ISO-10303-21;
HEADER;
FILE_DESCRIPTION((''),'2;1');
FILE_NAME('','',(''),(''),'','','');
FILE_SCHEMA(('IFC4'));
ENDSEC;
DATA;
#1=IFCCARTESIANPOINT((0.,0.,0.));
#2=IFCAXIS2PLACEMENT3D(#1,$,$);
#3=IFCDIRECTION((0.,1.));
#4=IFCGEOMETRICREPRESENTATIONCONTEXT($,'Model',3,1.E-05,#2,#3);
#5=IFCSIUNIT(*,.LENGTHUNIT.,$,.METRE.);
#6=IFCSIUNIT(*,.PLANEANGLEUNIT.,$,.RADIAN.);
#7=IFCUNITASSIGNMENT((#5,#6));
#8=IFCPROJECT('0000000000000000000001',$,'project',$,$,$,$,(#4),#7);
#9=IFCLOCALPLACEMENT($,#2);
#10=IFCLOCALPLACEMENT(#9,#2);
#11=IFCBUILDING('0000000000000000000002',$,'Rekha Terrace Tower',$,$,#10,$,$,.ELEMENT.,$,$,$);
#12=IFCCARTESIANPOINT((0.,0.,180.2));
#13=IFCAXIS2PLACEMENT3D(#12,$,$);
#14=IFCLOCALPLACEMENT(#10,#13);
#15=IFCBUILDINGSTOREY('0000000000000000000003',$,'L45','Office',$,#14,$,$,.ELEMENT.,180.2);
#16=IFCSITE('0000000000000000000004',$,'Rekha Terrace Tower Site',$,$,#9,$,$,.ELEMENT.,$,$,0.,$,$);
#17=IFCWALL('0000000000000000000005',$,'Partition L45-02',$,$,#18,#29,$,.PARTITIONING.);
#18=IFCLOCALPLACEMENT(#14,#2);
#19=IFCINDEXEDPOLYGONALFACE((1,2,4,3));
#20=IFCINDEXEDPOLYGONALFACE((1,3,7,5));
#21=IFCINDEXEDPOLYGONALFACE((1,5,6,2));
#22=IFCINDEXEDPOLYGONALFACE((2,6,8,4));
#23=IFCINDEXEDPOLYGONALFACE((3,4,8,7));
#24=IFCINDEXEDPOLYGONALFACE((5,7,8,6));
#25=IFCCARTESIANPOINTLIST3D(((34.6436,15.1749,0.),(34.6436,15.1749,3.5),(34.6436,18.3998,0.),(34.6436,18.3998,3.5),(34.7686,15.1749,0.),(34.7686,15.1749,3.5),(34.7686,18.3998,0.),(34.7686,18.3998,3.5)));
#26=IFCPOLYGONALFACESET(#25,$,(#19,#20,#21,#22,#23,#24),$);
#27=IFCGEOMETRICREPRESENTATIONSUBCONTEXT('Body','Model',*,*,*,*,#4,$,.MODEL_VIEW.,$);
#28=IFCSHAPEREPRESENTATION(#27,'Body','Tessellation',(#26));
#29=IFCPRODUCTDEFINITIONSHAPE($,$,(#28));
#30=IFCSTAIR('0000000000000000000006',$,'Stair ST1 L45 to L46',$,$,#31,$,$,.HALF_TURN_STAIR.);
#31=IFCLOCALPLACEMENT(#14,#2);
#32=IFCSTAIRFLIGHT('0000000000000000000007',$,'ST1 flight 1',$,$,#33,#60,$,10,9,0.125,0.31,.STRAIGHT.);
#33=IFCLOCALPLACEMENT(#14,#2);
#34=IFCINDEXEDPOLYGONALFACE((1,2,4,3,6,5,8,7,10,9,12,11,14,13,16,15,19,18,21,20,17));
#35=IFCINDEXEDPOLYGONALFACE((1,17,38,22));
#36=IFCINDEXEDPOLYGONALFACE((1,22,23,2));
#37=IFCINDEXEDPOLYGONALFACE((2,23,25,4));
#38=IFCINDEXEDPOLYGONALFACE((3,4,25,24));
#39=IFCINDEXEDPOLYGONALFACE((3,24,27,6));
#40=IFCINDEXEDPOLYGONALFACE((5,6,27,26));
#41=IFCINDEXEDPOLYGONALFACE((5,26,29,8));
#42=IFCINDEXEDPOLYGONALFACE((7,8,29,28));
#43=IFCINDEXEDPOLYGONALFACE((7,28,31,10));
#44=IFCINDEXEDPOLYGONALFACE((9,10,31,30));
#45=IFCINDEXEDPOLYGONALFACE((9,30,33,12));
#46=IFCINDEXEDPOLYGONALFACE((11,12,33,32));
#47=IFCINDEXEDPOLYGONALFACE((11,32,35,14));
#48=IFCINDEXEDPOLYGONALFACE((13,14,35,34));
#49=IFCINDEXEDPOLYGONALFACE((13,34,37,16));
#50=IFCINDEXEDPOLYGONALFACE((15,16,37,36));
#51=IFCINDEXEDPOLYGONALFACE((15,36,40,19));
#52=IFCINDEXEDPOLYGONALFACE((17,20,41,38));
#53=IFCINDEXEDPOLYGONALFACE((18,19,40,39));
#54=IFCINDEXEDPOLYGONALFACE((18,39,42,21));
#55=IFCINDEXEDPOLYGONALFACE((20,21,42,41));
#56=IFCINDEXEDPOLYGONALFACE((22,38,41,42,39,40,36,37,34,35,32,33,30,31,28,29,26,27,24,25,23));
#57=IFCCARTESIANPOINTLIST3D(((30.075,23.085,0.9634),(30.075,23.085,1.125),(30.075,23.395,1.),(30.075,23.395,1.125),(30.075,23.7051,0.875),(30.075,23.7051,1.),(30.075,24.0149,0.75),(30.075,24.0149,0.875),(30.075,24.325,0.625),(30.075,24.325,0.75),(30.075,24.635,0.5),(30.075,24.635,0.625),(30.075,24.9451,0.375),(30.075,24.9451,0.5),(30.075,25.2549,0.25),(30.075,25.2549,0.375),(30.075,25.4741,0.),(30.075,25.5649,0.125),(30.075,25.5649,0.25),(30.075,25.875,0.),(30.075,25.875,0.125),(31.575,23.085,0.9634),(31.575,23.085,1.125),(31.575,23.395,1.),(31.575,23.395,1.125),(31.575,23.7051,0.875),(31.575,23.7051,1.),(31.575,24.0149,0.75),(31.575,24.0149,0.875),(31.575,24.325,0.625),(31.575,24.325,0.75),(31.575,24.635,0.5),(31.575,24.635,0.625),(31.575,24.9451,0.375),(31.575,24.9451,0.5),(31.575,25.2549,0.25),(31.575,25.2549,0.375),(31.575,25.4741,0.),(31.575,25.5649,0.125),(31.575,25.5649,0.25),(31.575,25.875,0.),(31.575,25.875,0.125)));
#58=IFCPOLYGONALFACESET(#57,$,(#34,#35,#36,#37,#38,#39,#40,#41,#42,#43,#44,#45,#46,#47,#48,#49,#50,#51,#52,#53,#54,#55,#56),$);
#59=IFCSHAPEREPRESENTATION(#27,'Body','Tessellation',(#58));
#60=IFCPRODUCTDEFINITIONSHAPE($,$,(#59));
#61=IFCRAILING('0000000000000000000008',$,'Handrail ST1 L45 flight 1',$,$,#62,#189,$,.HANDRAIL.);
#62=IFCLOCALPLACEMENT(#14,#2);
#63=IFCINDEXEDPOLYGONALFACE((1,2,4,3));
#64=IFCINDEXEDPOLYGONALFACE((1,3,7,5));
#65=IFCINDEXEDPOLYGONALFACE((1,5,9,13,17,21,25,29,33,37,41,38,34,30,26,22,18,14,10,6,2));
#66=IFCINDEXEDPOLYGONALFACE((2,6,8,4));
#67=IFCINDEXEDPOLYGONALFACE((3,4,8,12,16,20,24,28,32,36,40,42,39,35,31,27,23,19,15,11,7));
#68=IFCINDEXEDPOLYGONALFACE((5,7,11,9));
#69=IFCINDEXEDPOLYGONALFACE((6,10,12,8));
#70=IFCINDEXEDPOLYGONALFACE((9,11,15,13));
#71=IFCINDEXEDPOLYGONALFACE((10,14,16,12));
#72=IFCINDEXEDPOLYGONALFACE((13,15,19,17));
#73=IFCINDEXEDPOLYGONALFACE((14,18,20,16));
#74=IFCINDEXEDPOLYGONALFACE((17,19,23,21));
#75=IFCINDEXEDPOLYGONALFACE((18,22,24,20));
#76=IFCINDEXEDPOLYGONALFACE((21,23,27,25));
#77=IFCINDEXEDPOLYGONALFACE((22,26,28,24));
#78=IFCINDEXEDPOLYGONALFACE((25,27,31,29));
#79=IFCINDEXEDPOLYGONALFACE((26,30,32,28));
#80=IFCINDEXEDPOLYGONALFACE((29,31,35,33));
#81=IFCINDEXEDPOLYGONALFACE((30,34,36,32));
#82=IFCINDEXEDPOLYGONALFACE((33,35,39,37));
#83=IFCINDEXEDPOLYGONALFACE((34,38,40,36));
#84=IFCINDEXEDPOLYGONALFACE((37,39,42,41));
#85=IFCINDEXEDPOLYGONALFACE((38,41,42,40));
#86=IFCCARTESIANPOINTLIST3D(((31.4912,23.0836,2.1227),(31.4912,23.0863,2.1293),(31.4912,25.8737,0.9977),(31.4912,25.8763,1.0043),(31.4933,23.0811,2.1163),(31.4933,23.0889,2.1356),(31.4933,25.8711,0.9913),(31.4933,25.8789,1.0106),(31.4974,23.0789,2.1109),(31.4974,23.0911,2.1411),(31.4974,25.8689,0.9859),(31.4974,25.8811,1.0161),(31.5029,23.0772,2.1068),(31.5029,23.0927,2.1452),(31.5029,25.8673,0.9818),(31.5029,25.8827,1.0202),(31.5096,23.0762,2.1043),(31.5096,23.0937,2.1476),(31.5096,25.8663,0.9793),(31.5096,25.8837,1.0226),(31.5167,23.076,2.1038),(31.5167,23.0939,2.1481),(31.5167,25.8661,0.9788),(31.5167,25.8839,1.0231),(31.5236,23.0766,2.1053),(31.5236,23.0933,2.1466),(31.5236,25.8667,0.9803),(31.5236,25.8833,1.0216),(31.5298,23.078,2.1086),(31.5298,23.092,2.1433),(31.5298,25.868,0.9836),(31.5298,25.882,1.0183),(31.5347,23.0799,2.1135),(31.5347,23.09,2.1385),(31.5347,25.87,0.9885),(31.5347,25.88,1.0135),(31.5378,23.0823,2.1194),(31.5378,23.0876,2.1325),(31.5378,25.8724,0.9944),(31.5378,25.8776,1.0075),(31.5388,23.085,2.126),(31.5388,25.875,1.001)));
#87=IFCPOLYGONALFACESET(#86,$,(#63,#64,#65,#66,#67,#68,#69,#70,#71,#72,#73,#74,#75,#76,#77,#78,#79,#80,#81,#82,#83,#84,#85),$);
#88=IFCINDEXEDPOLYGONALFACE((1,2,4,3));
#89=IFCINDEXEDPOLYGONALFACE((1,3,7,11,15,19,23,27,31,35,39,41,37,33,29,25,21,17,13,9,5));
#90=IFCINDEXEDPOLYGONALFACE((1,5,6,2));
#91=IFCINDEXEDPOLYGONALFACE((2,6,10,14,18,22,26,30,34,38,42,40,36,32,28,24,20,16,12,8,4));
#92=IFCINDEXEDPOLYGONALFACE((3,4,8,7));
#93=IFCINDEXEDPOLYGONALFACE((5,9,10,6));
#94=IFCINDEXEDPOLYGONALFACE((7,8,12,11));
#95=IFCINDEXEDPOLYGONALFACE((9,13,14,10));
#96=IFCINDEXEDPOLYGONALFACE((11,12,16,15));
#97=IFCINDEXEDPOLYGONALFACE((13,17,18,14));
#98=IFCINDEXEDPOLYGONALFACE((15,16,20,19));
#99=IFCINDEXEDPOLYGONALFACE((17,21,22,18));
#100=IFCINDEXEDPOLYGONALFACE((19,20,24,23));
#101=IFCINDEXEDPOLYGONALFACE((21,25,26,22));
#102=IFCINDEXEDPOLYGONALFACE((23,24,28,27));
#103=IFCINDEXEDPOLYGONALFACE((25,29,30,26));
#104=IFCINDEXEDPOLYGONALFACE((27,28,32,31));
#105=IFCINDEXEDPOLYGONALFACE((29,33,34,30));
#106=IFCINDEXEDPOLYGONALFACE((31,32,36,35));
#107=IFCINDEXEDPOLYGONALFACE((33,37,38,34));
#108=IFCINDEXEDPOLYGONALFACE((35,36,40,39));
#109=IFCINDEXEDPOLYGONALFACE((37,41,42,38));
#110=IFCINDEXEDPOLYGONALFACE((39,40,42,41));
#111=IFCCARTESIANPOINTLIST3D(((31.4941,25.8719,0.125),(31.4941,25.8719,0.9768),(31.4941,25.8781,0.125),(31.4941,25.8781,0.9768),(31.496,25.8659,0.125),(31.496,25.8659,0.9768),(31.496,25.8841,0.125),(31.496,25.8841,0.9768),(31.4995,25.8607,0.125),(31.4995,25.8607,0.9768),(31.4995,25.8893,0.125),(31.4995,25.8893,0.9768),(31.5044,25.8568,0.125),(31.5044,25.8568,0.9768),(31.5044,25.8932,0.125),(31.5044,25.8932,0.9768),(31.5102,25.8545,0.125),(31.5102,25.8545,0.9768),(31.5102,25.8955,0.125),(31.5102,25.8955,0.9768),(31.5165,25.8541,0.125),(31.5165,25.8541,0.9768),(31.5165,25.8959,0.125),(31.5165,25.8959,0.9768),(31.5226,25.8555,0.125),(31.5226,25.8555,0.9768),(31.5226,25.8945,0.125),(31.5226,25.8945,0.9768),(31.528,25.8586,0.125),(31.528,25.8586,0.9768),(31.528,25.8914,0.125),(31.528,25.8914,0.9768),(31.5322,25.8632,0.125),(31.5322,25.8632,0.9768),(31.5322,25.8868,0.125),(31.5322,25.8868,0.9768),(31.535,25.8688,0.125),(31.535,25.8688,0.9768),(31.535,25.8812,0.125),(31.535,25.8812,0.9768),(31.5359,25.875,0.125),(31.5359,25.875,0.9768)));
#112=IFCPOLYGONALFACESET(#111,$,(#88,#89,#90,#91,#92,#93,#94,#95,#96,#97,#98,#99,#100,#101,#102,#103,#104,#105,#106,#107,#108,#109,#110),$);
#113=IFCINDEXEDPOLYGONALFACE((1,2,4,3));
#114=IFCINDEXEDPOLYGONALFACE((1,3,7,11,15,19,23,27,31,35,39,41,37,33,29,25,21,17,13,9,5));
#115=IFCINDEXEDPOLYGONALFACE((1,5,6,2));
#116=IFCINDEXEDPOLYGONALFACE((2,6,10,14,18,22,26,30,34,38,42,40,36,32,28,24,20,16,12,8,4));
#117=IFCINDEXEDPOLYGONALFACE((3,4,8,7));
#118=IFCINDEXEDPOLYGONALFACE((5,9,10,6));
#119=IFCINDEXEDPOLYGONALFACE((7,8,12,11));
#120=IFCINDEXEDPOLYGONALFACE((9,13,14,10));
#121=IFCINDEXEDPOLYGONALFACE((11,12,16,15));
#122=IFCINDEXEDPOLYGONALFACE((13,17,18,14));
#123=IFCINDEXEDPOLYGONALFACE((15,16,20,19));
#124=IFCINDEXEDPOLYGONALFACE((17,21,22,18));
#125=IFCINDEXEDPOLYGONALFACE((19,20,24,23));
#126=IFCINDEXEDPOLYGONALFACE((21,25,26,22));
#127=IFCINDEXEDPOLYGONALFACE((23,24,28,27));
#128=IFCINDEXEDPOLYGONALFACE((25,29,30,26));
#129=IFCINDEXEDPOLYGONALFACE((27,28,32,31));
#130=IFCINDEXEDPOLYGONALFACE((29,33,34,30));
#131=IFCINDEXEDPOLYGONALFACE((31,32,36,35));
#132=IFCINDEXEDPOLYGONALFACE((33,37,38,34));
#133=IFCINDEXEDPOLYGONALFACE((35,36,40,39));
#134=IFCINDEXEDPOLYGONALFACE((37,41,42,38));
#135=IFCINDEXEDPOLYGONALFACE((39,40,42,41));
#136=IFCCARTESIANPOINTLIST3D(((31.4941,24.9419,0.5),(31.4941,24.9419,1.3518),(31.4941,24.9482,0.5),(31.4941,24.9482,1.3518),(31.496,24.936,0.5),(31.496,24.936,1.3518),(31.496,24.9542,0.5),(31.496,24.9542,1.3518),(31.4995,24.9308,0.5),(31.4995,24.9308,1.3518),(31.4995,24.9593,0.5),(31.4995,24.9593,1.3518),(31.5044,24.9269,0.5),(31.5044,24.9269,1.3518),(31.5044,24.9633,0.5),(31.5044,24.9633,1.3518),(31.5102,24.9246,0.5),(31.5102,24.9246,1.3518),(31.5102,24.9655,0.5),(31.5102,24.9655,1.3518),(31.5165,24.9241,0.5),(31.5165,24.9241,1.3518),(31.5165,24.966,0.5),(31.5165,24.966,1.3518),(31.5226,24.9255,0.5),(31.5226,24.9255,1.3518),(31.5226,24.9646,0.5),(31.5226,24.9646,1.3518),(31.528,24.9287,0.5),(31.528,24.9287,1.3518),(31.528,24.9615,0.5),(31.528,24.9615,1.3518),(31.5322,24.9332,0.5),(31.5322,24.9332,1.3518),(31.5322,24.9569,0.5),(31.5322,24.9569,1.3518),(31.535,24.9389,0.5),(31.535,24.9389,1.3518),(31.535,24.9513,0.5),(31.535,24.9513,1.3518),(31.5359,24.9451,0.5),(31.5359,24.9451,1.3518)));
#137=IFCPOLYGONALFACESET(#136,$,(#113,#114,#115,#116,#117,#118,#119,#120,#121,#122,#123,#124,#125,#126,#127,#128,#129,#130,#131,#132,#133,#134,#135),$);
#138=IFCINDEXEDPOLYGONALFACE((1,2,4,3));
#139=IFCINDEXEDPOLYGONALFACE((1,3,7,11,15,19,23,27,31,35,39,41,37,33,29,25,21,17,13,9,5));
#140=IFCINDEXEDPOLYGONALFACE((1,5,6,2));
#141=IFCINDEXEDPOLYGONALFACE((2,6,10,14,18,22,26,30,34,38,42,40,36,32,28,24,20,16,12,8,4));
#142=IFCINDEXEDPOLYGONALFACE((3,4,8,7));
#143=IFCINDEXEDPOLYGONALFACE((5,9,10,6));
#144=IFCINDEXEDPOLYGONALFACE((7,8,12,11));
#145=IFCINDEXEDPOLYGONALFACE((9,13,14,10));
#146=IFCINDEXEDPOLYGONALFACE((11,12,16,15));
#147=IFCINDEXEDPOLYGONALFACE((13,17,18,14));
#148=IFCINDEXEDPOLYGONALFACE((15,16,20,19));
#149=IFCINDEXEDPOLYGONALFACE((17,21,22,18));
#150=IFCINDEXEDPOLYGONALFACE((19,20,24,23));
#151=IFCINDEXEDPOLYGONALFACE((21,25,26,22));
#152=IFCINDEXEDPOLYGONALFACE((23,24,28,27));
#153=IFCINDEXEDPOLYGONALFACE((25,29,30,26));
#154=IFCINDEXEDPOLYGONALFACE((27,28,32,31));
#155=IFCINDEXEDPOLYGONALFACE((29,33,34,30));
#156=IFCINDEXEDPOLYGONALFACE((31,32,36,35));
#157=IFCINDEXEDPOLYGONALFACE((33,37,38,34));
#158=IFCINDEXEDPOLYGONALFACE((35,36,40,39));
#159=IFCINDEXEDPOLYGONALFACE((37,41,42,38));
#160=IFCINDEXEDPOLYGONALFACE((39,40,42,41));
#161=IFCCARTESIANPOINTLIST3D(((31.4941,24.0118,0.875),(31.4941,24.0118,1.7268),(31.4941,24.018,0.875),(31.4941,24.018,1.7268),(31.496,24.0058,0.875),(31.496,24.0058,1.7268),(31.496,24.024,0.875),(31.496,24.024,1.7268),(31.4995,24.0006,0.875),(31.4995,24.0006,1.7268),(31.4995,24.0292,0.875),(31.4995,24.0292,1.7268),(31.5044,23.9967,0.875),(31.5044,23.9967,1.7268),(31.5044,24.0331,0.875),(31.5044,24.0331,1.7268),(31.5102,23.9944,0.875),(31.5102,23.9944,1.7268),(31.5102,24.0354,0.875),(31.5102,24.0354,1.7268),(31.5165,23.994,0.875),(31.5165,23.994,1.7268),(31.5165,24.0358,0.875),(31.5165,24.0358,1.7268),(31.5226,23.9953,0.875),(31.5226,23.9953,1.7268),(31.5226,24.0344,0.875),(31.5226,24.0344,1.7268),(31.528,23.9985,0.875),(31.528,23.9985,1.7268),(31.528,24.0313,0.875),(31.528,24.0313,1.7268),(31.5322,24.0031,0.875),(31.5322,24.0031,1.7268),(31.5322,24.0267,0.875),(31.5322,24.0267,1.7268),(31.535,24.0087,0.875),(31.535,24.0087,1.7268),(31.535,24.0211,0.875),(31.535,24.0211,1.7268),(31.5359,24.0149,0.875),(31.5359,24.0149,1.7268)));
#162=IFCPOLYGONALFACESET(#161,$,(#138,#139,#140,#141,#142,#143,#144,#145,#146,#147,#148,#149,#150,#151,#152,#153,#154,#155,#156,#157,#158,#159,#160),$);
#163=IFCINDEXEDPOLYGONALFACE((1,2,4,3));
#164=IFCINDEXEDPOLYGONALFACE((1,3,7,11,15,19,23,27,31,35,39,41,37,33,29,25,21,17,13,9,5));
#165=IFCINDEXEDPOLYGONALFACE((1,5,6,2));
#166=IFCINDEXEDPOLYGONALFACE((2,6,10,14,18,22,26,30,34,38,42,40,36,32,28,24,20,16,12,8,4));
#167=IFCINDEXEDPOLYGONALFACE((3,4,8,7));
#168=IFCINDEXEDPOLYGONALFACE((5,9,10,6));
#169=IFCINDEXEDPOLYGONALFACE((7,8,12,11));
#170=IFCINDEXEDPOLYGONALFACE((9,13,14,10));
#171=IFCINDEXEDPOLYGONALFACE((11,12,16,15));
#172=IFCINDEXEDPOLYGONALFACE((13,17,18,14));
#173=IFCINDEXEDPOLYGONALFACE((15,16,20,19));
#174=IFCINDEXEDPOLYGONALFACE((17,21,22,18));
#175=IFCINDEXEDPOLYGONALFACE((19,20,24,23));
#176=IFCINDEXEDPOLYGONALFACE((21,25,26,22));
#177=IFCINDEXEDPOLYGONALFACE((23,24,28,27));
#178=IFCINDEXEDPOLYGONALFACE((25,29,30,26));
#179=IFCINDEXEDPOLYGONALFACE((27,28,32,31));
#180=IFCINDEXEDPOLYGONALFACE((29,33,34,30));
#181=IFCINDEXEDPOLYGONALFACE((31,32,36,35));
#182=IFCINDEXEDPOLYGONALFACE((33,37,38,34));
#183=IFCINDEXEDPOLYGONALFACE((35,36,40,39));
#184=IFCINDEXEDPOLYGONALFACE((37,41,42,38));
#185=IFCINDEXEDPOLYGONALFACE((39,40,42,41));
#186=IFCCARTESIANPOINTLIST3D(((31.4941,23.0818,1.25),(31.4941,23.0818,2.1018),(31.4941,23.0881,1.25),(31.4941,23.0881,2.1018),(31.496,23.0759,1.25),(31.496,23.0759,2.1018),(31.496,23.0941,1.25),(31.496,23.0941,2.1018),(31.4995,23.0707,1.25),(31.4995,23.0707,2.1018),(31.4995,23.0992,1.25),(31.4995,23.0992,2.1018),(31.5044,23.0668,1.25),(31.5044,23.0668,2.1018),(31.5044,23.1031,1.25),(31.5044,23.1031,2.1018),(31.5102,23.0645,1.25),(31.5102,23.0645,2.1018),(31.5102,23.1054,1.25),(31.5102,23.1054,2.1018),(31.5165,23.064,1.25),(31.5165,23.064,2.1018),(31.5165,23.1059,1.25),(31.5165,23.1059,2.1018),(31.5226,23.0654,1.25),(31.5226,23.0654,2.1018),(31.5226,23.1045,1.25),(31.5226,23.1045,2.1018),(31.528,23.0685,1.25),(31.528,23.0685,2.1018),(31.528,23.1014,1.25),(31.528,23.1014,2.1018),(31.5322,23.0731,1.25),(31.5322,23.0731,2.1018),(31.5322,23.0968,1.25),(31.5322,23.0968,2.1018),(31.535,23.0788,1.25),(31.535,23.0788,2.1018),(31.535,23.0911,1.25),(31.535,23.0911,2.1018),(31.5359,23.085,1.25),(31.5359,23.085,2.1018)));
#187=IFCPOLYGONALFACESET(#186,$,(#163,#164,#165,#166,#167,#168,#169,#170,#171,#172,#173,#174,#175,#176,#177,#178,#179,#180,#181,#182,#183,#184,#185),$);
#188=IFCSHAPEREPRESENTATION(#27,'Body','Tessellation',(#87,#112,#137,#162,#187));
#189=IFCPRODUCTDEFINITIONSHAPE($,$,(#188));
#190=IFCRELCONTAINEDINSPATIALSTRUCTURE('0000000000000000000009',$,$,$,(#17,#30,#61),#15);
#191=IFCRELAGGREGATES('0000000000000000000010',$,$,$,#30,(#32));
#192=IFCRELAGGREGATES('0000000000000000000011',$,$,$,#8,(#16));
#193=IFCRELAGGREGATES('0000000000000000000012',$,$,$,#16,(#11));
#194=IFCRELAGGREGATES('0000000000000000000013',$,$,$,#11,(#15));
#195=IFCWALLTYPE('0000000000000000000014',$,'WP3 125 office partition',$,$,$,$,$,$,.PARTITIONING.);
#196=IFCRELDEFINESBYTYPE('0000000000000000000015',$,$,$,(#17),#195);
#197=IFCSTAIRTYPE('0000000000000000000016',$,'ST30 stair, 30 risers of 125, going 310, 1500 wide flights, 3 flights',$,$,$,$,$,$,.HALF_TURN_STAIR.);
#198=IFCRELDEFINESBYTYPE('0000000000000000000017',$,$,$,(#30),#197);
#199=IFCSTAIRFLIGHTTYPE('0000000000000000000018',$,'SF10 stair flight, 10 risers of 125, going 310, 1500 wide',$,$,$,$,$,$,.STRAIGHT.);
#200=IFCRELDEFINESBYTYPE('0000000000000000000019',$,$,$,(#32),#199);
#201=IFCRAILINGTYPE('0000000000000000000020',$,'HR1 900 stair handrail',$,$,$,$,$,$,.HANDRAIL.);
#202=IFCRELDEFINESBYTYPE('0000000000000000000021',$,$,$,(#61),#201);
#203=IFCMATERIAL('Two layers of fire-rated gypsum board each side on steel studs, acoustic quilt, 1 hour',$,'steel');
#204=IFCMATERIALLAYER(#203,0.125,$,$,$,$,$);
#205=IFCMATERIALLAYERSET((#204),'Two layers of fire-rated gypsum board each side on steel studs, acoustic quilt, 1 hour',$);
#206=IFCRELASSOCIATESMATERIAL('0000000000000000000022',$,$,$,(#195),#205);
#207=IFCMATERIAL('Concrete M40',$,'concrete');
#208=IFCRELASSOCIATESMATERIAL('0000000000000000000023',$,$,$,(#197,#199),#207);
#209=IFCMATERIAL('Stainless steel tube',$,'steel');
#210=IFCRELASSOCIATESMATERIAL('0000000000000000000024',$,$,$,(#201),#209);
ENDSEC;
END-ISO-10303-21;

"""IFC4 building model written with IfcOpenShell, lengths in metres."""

from ifc_helpers import new_model, si_unit, direction, frame, frame_2d, origin, origin_2d, place, context, subcontext, project, spatial, polyline, rectangle, circle, outline, extrude, material, layer, layer_set, type_object, element, aggregate, save


model = new_model("IFC4")

# Units and contexts
model_context = context("Model", 3, precision=1e-05, world=origin(), true_north=direction((0.0, 1.0)))
body_context = subcontext(model_context, "Body", "Model", "MODEL_VIEW")
ifc_project = project(units=[si_unit("LENGTHUNIT", "METRE"), si_unit("PLANEANGLEUNIT", "RADIAN")], contexts=[model_context])

# Site, building, storey
site_placement = place(None, origin())
site = spatial("IfcSite", under=ifc_project, at=site_placement, Name="Rekha Terrace Tower Site", CompositionType="ELEMENT", RefElevation=0.0)
building_placement = place(site_placement, origin())
building = spatial("IfcBuilding", under=site, at=building_placement, Name="Rekha Terrace Tower", CompositionType="ELEMENT")
storey_placement = place(building_placement, frame((0.0, 0.0, 180.2)))
storey = spatial("IfcBuildingStorey", under=building, at=storey_placement, Name="L45", Description="Office", CompositionType="ELEMENT", Elevation=180.2)

# Shared definitions
ifc_material_1 = material(Name="Two layers of fire-rated gypsum board each side on steel studs, acoustic quilt, 1 hour", Category="steel")
ifc_layer_1 = layer(ifc_material_1, 0.125)
ifc_layer_set_1 = layer_set([ifc_layer_1], Name="Two layers of fire-rated gypsum board each side on steel studs, acoustic quilt, 1 hour")
wall_type_1 = type_object("IfcWallType", Name="WP3 125 office partition", PredefinedType="PARTITIONING", material=ifc_layer_set_1)

# Wall
wall_1_placement = place(storey_placement, frame((34.7061, 15.175, 0.0), z_axis=(0.0, 0.0, 1.0), x_axis=(0.0, 1.0, 0.0)))
element("IfcWall", 1, at=wall_1_placement, inside=storey, type_object=wall_type_1, Name="Partition L45-02", PredefinedType="PARTITIONING", context=body_context, shape_type="SweptSolid", body=[
    extrude(rectangle(XDim=3.2249, YDim=0.125, at=frame_2d((1.6123, 0.0))), origin(), (0.0, 0.0, 1.0), 3.5),
])

# Stair, stair flight
ifc_material_2 = material(Name="Concrete M40", Category="concrete")
stair_type = type_object("IfcStairType", Name="ST30 stair, 30 risers of 125, going 310, 1500 wide flights, 3 flights", PredefinedType="HALF_TURN_STAIR", material=ifc_material_2)
stair_placement = place(storey_placement, origin())
stair = element("IfcStair", 2, at=stair_placement, inside=storey, type_object=stair_type, Name="Stair ST1 L45 to L46", PredefinedType="HALF_TURN_STAIR")
stair_flight_type = type_object("IfcStairFlightType", Name="SF10 stair flight, 10 risers of 125, going 310, 1500 wide", PredefinedType="STRAIGHT", material=ifc_material_2)
stair_flight_placement = place(storey_placement, frame((30.825, 25.875, 0.0), z_axis=(0.0, 0.0, 1.0), x_axis=(0.0, -1.0, 0.0)))
stair_flight = element("IfcStairFlight", 3, at=stair_flight_placement, type_object=stair_flight_type, Name="ST1 flight 1", NumberOfRisers=10, NumberOfTreads=9, PredefinedType="STRAIGHT", RiserHeight=0.125, TreadLength=0.31, context=body_context, shape_type="SweptSolid", body=[
    extrude(outline(polyline([(0.0, 0.0), (0.0, 0.125), (0.3101, 0.125), (0.3101, 0.25), (0.6201, 0.25), (0.6201, 0.375), (0.9299, 0.375), (0.9299, 0.5), (1.24, 0.5), (1.24, 0.625), (1.55, 0.625), (1.55, 0.75), (1.8601, 0.75), (1.8601, 0.875), (2.1699, 0.875), (2.1699, 1.0), (2.48, 1.0), (2.48, 1.125), (2.79, 1.125), (2.79, 1.25), (2.79, 0.9634), (0.4009, 0.0), (0.0, 0.0)])), frame((0.0, 0.75, 0.0), z_axis=(0.0, -1.0, 0.0), x_axis=(1.0, 0.0, 0.0)), (0.0, 0.0, 1.0), 1.5),
])
aggregate(stair, [stair_flight])

# Railing
ifc_material_3 = material(Name="Stainless steel tube", Category="steel")
railing_type = type_object("IfcRailingType", Name="HR1 900 stair handrail", PredefinedType="HANDRAIL", material=ifc_material_3)
railing_placement = place(storey_placement, frame((31.5149, 25.875, 0.125)))
element("IfcRailing", 4, at=railing_placement, inside=storey, type_object=railing_type, Name="Handrail ST1 L45 flight 1", PredefinedType="HANDRAIL", context=body_context, shape_type="SweptSolid", body=[
    extrude(circle(Radius=0.0239, at=origin_2d()), frame((0.0, 0.0, 0.876), z_axis=(0.0, -0.927443, 0.373964), x_axis=(1.0, 0.0, 0.0)), (0.0, 0.0, 1.0), 3.0083),
    extrude(circle(Radius=0.021, at=origin_2d()), origin(), (0.0, 0.0, 1.0), 0.8518),
    extrude(circle(Radius=0.021, at=origin_2d()), frame((0.0, -0.9299, 0.375)), (0.0, 0.0, 1.0), 0.8518),
    extrude(circle(Radius=0.021, at=origin_2d()), frame((0.0, -1.8601, 0.75)), (0.0, 0.0, 1.0), 0.8518),
    extrude(circle(Radius=0.021, at=origin_2d()), frame((0.0, -2.79, 1.125)), (0.0, 0.0, 1.0), 0.8518),
])

save(model, "model.ifc")
